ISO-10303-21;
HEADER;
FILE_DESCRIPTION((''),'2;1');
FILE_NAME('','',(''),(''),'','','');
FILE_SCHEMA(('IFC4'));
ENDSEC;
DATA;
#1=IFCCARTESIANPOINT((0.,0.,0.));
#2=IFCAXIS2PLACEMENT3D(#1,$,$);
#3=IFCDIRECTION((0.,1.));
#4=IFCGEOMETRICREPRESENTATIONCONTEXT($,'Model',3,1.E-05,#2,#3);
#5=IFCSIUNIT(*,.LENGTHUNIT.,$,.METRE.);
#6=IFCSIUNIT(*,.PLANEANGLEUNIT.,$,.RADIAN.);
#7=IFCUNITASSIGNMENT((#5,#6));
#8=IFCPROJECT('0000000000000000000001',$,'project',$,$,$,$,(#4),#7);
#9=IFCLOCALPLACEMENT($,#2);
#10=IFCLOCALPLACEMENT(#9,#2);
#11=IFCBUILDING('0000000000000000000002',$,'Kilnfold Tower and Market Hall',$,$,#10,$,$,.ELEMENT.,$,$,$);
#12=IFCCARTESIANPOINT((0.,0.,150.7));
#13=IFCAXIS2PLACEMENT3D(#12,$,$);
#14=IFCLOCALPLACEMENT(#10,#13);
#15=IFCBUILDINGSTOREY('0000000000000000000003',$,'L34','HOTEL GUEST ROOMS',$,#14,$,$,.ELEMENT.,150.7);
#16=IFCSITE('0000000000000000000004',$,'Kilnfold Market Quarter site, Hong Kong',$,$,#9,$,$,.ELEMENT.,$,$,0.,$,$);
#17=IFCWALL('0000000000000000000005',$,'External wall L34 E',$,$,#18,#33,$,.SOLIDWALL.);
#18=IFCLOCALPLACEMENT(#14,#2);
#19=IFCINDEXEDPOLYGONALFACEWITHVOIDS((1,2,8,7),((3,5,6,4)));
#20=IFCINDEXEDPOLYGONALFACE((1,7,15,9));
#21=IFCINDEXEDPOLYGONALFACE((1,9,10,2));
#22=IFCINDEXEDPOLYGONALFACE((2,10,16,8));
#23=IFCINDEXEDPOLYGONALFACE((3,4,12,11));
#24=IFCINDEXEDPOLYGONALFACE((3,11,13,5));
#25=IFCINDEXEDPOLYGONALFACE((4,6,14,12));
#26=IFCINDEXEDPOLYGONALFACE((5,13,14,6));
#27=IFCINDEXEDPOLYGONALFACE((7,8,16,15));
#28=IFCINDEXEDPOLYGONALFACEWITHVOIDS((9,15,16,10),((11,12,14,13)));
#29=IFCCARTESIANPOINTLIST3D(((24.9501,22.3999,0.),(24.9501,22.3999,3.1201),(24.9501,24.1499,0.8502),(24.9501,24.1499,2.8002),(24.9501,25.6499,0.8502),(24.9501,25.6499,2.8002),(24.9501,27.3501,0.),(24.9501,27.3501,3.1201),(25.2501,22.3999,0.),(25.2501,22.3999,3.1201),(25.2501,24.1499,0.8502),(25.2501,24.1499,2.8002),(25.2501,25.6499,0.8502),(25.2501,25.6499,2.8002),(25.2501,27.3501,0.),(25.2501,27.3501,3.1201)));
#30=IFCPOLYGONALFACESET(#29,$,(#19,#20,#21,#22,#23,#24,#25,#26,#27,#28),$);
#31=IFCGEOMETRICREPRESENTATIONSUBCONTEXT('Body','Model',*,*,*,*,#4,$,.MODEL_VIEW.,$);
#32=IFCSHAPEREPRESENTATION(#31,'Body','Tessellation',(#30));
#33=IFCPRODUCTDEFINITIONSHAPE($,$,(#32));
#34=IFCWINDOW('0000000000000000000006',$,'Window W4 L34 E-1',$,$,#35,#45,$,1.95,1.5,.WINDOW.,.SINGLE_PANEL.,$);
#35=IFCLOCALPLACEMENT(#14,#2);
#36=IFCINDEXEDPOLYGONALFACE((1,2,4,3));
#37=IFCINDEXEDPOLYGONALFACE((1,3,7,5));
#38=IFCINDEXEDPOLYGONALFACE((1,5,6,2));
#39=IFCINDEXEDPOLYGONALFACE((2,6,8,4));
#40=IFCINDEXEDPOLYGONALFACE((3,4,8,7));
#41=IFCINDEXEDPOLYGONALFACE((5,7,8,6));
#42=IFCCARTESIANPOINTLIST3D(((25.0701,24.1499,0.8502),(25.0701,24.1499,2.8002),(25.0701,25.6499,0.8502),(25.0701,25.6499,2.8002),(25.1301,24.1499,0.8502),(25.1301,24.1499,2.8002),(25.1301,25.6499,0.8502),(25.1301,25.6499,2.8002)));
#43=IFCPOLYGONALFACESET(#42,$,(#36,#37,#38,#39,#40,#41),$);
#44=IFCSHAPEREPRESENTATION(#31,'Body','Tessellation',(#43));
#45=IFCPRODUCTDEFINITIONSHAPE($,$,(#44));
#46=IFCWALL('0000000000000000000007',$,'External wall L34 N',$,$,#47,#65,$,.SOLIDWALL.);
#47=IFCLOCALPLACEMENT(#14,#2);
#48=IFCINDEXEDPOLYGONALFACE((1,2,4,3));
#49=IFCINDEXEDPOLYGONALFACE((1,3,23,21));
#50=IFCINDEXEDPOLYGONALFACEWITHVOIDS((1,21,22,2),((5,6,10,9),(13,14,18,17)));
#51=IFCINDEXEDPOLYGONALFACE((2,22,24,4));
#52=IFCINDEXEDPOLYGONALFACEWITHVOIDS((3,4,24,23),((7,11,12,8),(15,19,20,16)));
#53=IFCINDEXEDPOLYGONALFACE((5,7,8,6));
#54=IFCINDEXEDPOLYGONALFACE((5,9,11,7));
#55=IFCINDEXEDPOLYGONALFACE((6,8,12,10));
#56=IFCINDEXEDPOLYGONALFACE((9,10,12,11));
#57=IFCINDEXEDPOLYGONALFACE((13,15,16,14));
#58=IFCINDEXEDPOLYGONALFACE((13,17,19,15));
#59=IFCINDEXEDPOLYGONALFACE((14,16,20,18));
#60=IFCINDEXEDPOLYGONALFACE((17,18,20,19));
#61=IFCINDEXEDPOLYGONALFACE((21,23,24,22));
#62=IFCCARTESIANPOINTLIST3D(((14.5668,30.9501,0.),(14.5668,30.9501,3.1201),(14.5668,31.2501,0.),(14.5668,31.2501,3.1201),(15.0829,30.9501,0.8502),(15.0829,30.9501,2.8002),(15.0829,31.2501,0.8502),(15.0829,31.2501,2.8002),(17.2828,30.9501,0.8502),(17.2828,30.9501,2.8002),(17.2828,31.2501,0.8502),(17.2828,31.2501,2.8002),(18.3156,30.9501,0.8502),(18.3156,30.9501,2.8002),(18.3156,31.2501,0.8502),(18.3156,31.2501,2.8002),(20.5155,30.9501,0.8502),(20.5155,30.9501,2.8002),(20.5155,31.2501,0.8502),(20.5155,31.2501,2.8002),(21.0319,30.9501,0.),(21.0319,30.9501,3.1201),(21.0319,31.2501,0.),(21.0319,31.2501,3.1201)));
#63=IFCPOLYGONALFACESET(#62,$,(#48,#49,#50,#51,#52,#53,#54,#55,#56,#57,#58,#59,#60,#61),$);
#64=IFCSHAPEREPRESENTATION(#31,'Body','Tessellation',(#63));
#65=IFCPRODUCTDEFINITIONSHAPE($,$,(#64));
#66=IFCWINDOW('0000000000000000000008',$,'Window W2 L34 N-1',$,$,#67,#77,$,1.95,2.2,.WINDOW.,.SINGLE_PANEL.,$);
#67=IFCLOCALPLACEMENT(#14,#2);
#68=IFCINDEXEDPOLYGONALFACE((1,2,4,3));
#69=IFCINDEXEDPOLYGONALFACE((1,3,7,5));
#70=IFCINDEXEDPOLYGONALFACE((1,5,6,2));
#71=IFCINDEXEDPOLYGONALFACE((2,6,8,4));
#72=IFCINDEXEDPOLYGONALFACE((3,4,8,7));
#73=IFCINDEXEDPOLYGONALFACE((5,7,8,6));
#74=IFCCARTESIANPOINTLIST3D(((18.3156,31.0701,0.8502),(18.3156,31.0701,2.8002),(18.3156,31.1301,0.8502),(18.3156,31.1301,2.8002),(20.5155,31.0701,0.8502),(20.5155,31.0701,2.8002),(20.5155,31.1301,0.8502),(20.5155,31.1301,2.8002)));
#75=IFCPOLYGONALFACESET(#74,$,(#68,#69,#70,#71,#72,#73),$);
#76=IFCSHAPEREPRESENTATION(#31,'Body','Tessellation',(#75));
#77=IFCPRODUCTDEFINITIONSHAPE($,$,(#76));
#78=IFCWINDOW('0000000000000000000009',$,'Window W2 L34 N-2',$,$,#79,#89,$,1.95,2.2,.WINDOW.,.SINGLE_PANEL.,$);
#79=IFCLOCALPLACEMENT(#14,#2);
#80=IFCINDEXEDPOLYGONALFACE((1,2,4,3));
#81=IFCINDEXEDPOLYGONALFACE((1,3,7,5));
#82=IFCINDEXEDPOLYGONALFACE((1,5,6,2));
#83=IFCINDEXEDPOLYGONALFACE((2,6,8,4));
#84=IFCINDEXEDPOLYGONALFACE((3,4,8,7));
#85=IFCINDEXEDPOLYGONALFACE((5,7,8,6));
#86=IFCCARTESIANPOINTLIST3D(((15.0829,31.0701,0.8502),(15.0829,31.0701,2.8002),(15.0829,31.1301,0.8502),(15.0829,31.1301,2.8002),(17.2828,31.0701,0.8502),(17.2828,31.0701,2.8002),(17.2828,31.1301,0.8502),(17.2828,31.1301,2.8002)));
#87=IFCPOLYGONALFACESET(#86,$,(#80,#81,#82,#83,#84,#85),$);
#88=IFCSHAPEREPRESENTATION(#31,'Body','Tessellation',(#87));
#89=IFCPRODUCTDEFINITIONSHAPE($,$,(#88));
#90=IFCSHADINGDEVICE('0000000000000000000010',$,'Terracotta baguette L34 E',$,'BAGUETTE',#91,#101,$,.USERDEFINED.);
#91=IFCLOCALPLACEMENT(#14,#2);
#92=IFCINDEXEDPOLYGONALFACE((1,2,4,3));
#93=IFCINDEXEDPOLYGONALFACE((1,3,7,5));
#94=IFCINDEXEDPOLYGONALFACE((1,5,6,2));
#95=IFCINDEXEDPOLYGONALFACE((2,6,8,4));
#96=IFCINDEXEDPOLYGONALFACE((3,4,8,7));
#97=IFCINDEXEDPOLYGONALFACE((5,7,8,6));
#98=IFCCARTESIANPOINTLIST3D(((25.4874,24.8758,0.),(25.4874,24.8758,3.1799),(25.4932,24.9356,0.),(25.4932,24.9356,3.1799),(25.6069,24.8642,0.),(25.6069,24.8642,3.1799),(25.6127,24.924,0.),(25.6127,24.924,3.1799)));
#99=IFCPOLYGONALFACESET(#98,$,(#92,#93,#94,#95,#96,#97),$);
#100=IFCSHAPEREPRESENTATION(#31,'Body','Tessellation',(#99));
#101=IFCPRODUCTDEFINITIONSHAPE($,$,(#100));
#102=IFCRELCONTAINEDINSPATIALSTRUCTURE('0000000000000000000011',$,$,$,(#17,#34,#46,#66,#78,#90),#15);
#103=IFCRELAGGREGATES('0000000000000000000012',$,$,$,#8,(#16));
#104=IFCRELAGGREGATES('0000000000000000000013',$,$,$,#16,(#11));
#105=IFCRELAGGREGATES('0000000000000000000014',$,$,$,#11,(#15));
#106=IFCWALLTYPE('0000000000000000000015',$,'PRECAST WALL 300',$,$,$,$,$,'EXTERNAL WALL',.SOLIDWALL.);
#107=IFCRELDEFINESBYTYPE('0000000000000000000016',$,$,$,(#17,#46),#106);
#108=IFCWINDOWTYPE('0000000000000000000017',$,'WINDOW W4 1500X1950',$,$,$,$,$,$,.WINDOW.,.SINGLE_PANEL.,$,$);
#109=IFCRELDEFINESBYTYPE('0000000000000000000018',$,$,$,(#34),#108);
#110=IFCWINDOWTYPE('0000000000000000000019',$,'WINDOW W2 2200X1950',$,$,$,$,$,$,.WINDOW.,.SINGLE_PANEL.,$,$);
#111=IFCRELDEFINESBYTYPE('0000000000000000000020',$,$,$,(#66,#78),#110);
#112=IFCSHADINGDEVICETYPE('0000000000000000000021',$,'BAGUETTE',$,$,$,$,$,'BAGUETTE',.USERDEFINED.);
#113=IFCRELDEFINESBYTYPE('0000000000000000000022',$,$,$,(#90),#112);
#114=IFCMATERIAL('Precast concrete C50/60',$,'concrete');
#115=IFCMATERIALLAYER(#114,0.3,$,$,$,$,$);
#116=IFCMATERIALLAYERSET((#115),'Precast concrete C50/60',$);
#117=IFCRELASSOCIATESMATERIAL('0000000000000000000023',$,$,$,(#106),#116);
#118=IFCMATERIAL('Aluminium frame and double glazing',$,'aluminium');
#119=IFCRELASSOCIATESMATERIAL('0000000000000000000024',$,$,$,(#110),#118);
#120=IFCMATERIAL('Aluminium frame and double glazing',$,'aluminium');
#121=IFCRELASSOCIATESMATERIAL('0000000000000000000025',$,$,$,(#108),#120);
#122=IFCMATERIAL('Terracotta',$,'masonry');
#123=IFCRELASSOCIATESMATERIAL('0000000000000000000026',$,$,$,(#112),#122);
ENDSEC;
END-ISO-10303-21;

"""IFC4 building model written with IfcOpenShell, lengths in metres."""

from ifc_helpers import new_model, si_unit, direction, frame, frame_2d, origin, origin_2d, place, context, subcontext, project, spatial, rectangle, extrude, source, transform, mapped, material, layer, layer_set, material_profile, profile_set, type_object, element, fill, save


model = new_model("IFC4")

# Units and contexts
model_context = context("Model", 3, precision=1e-05, world=origin(), true_north=direction((0.0, 1.0)))
body_context = subcontext(model_context, "Body", "Model", "MODEL_VIEW")
ifc_project = project(units=[si_unit("LENGTHUNIT", "METRE"), si_unit("PLANEANGLEUNIT", "RADIAN")], contexts=[model_context])

# Site, building, storey
site_placement = place(None, origin())
site = spatial("IfcSite", under=ifc_project, at=site_placement, Name="Kilnfold Market Quarter site, Hong Kong", CompositionType="ELEMENT", RefElevation=0.0)
building_placement = place(site_placement, origin())
building = spatial("IfcBuilding", under=site, at=building_placement, Name="Kilnfold Tower and Market Hall", CompositionType="ELEMENT")
storey_placement = place(building_placement, frame((0.0, 0.0, 150.7)))
storey = spatial("IfcBuildingStorey", under=building, at=storey_placement, Name="L34", Description="HOTEL GUEST ROOMS", CompositionType="ELEMENT", Elevation=150.7)

# Wall, opening, window
ifc_material_1 = material(Name="Precast concrete C50/60", Category="concrete")
ifc_layer_1 = layer(ifc_material_1, 0.3)
ifc_layer_set_1 = layer_set([ifc_layer_1], Name="Precast concrete C50/60")
wall_type_1 = type_object("IfcWallType", Name="PRECAST WALL 300", ElementType="EXTERNAL WALL", PredefinedType="SOLIDWALL", material=ifc_layer_set_1)
ifc_material_2 = material(Name="Aluminium frame and double glazing", Category="aluminium")
window_type_1 = type_object("IfcWindowType", Name="WINDOW W2 2200X1950", PartitioningType="SINGLE_PANEL", PredefinedType="WINDOW", material=ifc_material_2)
shared_shape_1 = source(origin(), body_context, "Body", "SweptSolid", [
    extrude(rectangle(XDim=4.9502, YDim=0.3, at=frame_2d((2.4751, 0.0))), origin(), (0.0, 0.0, 1.0), 3.1201),
])
wall_1_placement = place(storey_placement, frame((25.1001, 22.3999, 0.0), z_axis=(0.0, 0.0, 1.0), x_axis=(0.0, 1.0, 0.0)))
wall_1 = element("IfcWall", 1, at=wall_1_placement, inside=storey, type_object=wall_type_1, Name="External wall L34 E", PredefinedType="SOLIDWALL", context=body_context, shape_type="MappedRepresentation", body=[
    mapped(shared_shape_1, transform((0.0, 0.0, 0.0))),
])
opening_1_placement = place(wall_1_placement, frame((1.75, 0.0, 0.8501)))
opening_1 = element("IfcOpeningElement", 2, at=opening_1_placement, cuts=wall_1, PredefinedType="OPENING", context=body_context, shape_type="SweptSolid", body=[
    extrude(rectangle(XDim=1.5, YDim=1.95, at=frame_2d((0.75, 0.9751))), frame((0.0, 0.1602, 0.0), z_axis=(0.0, -1.0, 0.0), x_axis=(1.0, 0.0, 0.0)), (0.0, 0.0, 1.0), 0.3201),
])
ifc_material_3 = material(Name="Aluminium frame and double glazing", Category="aluminium")
window_type_2 = type_object("IfcWindowType", Name="WINDOW W4 1500X1950", PartitioningType="SINGLE_PANEL", PredefinedType="WINDOW", material=ifc_material_3)
window_1_placement = place(opening_1_placement, origin())
window_1 = element("IfcWindow", 3, at=window_1_placement, inside=storey, type_object=window_type_2, Name="Window W4 L34 E-1", OverallHeight=1.95, OverallWidth=1.5, PartitioningType="SINGLE_PANEL", PredefinedType="WINDOW", context=body_context, shape_type="SweptSolid", body=[
    extrude(rectangle(XDim=1.5, YDim=1.95, at=frame_2d((0.75, 0.9751))), frame((0.0, 0.03, 0.0), z_axis=(0.0, -1.0, 0.0), x_axis=(1.0, 0.0, 0.0)), (0.0, 0.0, 1.0), 0.0601),
])
fill(opening_1, window_1)

# Wall, openings, windows
shared_shape_2 = source(origin(), body_context, "Body", "SweptSolid", [
    extrude(rectangle(XDim=6.4651, YDim=0.3, at=frame_2d((3.2324, 0.0))), origin(), (0.0, 0.0, 1.0), 3.1201),
])
wall_2_placement = place(storey_placement, frame((21.0317, 31.1001, 0.0), z_axis=(0.0, 0.0, 1.0), x_axis=(-1.0, 0.0, 0.0)))
wall_2 = element("IfcWall", 4, at=wall_2_placement, inside=storey, type_object=wall_type_1, Name="External wall L34 N", PredefinedType="SOLIDWALL", context=body_context, shape_type="MappedRepresentation", body=[
    mapped(shared_shape_2, transform((0.0, 0.0, 0.0))),
])
opening_2_placement = place(wall_2_placement, frame((0.5161, 0.0, 0.8501)))
opening_2 = element("IfcOpeningElement", 5, at=opening_2_placement, cuts=wall_2, PredefinedType="OPENING", context=body_context, shape_type="SweptSolid", body=[
    extrude(rectangle(XDim=2.2, YDim=1.95, at=frame_2d((1.1001, 0.9751))), frame((0.0, 0.1602, 0.0), z_axis=(0.0, -1.0, 0.0), x_axis=(1.0, 0.0, 0.0)), (0.0, 0.0, 1.0), 0.3201),
])
opening_3_placement = place(wall_2_placement, frame((3.7488, 0.0, 0.8501)))
opening_3 = element("IfcOpeningElement", 6, at=opening_3_placement, cuts=wall_2, PredefinedType="OPENING", context=body_context, shape_type="SweptSolid", body=[
    extrude(rectangle(XDim=2.2, YDim=1.95, at=frame_2d((1.1001, 0.9751))), frame((0.0, 0.1602, 0.0), z_axis=(0.0, -1.0, 0.0), x_axis=(1.0, 0.0, 0.0)), (0.0, 0.0, 1.0), 0.3201),
])
window_2_placement = place(opening_2_placement, origin())
window_2 = element("IfcWindow", 7, at=window_2_placement, inside=storey, type_object=window_type_1, Name="Window W2 L34 N-1", OverallHeight=1.95, OverallWidth=2.2, PartitioningType="SINGLE_PANEL", PredefinedType="WINDOW", context=body_context, shape_type="SweptSolid", body=[
    extrude(rectangle(XDim=2.2, YDim=1.95, at=frame_2d((1.1001, 0.9751))), frame((0.0, 0.03, 0.0), z_axis=(0.0, -1.0, 0.0), x_axis=(1.0, 0.0, 0.0)), (0.0, 0.0, 1.0), 0.0601),
])
fill(opening_2, window_2)
window_3_placement = place(opening_3_placement, origin())
window_3 = element("IfcWindow", 8, at=window_3_placement, inside=storey, type_object=window_type_1, Name="Window W2 L34 N-2", OverallHeight=1.95, OverallWidth=2.2, PartitioningType="SINGLE_PANEL", PredefinedType="WINDOW", context=body_context, shape_type="SweptSolid", body=[
    extrude(rectangle(XDim=2.2, YDim=1.95, at=frame_2d((1.1001, 0.9751))), frame((0.0, 0.03, 0.0), z_axis=(0.0, -1.0, 0.0), x_axis=(1.0, 0.0, 0.0)), (0.0, 0.0, 1.0), 0.0601),
])
fill(opening_3, window_3)

# Shading device
ifc_material_4 = material(Name="Terracotta", Category="masonry")
ifc_material_profile_1 = material_profile(ifc_material_4, rectangle(XDim=0.0601, YDim=0.1201, at=origin_2d()), Name="BAG 60x120")
ifc_profile_set_1 = profile_set([ifc_material_profile_1], Name="Terracotta")
shading_device_type = type_object("IfcShadingDeviceType", Name="BAGUETTE", ElementType="BAGUETTE", PredefinedType="USERDEFINED", material=ifc_profile_set_1)
shared_shape_3 = source(origin(), body_context, "Body", "SweptSolid", [
    extrude(rectangle(XDim=0.0601, YDim=0.1201, at=origin_2d()), origin(), (0.0, 0.0, 1.0), 3.1799),
])
shading_device_placement = place(storey_placement, frame((25.55, 24.8999, 0.0), z_axis=(0.0, 0.0, 1.0), x_axis=(0.096713, 0.995312, 0.0)))
element("IfcShadingDevice", 9, at=shading_device_placement, inside=storey, type_object=shading_device_type, Name="Terracotta baguette L34 E", ObjectType="BAGUETTE", PredefinedType="USERDEFINED", context=body_context, shape_type="MappedRepresentation", body=[
    mapped(shared_shape_3, transform((0.0, 0.0, 0.0))),
])

save(model, "model.ifc")
